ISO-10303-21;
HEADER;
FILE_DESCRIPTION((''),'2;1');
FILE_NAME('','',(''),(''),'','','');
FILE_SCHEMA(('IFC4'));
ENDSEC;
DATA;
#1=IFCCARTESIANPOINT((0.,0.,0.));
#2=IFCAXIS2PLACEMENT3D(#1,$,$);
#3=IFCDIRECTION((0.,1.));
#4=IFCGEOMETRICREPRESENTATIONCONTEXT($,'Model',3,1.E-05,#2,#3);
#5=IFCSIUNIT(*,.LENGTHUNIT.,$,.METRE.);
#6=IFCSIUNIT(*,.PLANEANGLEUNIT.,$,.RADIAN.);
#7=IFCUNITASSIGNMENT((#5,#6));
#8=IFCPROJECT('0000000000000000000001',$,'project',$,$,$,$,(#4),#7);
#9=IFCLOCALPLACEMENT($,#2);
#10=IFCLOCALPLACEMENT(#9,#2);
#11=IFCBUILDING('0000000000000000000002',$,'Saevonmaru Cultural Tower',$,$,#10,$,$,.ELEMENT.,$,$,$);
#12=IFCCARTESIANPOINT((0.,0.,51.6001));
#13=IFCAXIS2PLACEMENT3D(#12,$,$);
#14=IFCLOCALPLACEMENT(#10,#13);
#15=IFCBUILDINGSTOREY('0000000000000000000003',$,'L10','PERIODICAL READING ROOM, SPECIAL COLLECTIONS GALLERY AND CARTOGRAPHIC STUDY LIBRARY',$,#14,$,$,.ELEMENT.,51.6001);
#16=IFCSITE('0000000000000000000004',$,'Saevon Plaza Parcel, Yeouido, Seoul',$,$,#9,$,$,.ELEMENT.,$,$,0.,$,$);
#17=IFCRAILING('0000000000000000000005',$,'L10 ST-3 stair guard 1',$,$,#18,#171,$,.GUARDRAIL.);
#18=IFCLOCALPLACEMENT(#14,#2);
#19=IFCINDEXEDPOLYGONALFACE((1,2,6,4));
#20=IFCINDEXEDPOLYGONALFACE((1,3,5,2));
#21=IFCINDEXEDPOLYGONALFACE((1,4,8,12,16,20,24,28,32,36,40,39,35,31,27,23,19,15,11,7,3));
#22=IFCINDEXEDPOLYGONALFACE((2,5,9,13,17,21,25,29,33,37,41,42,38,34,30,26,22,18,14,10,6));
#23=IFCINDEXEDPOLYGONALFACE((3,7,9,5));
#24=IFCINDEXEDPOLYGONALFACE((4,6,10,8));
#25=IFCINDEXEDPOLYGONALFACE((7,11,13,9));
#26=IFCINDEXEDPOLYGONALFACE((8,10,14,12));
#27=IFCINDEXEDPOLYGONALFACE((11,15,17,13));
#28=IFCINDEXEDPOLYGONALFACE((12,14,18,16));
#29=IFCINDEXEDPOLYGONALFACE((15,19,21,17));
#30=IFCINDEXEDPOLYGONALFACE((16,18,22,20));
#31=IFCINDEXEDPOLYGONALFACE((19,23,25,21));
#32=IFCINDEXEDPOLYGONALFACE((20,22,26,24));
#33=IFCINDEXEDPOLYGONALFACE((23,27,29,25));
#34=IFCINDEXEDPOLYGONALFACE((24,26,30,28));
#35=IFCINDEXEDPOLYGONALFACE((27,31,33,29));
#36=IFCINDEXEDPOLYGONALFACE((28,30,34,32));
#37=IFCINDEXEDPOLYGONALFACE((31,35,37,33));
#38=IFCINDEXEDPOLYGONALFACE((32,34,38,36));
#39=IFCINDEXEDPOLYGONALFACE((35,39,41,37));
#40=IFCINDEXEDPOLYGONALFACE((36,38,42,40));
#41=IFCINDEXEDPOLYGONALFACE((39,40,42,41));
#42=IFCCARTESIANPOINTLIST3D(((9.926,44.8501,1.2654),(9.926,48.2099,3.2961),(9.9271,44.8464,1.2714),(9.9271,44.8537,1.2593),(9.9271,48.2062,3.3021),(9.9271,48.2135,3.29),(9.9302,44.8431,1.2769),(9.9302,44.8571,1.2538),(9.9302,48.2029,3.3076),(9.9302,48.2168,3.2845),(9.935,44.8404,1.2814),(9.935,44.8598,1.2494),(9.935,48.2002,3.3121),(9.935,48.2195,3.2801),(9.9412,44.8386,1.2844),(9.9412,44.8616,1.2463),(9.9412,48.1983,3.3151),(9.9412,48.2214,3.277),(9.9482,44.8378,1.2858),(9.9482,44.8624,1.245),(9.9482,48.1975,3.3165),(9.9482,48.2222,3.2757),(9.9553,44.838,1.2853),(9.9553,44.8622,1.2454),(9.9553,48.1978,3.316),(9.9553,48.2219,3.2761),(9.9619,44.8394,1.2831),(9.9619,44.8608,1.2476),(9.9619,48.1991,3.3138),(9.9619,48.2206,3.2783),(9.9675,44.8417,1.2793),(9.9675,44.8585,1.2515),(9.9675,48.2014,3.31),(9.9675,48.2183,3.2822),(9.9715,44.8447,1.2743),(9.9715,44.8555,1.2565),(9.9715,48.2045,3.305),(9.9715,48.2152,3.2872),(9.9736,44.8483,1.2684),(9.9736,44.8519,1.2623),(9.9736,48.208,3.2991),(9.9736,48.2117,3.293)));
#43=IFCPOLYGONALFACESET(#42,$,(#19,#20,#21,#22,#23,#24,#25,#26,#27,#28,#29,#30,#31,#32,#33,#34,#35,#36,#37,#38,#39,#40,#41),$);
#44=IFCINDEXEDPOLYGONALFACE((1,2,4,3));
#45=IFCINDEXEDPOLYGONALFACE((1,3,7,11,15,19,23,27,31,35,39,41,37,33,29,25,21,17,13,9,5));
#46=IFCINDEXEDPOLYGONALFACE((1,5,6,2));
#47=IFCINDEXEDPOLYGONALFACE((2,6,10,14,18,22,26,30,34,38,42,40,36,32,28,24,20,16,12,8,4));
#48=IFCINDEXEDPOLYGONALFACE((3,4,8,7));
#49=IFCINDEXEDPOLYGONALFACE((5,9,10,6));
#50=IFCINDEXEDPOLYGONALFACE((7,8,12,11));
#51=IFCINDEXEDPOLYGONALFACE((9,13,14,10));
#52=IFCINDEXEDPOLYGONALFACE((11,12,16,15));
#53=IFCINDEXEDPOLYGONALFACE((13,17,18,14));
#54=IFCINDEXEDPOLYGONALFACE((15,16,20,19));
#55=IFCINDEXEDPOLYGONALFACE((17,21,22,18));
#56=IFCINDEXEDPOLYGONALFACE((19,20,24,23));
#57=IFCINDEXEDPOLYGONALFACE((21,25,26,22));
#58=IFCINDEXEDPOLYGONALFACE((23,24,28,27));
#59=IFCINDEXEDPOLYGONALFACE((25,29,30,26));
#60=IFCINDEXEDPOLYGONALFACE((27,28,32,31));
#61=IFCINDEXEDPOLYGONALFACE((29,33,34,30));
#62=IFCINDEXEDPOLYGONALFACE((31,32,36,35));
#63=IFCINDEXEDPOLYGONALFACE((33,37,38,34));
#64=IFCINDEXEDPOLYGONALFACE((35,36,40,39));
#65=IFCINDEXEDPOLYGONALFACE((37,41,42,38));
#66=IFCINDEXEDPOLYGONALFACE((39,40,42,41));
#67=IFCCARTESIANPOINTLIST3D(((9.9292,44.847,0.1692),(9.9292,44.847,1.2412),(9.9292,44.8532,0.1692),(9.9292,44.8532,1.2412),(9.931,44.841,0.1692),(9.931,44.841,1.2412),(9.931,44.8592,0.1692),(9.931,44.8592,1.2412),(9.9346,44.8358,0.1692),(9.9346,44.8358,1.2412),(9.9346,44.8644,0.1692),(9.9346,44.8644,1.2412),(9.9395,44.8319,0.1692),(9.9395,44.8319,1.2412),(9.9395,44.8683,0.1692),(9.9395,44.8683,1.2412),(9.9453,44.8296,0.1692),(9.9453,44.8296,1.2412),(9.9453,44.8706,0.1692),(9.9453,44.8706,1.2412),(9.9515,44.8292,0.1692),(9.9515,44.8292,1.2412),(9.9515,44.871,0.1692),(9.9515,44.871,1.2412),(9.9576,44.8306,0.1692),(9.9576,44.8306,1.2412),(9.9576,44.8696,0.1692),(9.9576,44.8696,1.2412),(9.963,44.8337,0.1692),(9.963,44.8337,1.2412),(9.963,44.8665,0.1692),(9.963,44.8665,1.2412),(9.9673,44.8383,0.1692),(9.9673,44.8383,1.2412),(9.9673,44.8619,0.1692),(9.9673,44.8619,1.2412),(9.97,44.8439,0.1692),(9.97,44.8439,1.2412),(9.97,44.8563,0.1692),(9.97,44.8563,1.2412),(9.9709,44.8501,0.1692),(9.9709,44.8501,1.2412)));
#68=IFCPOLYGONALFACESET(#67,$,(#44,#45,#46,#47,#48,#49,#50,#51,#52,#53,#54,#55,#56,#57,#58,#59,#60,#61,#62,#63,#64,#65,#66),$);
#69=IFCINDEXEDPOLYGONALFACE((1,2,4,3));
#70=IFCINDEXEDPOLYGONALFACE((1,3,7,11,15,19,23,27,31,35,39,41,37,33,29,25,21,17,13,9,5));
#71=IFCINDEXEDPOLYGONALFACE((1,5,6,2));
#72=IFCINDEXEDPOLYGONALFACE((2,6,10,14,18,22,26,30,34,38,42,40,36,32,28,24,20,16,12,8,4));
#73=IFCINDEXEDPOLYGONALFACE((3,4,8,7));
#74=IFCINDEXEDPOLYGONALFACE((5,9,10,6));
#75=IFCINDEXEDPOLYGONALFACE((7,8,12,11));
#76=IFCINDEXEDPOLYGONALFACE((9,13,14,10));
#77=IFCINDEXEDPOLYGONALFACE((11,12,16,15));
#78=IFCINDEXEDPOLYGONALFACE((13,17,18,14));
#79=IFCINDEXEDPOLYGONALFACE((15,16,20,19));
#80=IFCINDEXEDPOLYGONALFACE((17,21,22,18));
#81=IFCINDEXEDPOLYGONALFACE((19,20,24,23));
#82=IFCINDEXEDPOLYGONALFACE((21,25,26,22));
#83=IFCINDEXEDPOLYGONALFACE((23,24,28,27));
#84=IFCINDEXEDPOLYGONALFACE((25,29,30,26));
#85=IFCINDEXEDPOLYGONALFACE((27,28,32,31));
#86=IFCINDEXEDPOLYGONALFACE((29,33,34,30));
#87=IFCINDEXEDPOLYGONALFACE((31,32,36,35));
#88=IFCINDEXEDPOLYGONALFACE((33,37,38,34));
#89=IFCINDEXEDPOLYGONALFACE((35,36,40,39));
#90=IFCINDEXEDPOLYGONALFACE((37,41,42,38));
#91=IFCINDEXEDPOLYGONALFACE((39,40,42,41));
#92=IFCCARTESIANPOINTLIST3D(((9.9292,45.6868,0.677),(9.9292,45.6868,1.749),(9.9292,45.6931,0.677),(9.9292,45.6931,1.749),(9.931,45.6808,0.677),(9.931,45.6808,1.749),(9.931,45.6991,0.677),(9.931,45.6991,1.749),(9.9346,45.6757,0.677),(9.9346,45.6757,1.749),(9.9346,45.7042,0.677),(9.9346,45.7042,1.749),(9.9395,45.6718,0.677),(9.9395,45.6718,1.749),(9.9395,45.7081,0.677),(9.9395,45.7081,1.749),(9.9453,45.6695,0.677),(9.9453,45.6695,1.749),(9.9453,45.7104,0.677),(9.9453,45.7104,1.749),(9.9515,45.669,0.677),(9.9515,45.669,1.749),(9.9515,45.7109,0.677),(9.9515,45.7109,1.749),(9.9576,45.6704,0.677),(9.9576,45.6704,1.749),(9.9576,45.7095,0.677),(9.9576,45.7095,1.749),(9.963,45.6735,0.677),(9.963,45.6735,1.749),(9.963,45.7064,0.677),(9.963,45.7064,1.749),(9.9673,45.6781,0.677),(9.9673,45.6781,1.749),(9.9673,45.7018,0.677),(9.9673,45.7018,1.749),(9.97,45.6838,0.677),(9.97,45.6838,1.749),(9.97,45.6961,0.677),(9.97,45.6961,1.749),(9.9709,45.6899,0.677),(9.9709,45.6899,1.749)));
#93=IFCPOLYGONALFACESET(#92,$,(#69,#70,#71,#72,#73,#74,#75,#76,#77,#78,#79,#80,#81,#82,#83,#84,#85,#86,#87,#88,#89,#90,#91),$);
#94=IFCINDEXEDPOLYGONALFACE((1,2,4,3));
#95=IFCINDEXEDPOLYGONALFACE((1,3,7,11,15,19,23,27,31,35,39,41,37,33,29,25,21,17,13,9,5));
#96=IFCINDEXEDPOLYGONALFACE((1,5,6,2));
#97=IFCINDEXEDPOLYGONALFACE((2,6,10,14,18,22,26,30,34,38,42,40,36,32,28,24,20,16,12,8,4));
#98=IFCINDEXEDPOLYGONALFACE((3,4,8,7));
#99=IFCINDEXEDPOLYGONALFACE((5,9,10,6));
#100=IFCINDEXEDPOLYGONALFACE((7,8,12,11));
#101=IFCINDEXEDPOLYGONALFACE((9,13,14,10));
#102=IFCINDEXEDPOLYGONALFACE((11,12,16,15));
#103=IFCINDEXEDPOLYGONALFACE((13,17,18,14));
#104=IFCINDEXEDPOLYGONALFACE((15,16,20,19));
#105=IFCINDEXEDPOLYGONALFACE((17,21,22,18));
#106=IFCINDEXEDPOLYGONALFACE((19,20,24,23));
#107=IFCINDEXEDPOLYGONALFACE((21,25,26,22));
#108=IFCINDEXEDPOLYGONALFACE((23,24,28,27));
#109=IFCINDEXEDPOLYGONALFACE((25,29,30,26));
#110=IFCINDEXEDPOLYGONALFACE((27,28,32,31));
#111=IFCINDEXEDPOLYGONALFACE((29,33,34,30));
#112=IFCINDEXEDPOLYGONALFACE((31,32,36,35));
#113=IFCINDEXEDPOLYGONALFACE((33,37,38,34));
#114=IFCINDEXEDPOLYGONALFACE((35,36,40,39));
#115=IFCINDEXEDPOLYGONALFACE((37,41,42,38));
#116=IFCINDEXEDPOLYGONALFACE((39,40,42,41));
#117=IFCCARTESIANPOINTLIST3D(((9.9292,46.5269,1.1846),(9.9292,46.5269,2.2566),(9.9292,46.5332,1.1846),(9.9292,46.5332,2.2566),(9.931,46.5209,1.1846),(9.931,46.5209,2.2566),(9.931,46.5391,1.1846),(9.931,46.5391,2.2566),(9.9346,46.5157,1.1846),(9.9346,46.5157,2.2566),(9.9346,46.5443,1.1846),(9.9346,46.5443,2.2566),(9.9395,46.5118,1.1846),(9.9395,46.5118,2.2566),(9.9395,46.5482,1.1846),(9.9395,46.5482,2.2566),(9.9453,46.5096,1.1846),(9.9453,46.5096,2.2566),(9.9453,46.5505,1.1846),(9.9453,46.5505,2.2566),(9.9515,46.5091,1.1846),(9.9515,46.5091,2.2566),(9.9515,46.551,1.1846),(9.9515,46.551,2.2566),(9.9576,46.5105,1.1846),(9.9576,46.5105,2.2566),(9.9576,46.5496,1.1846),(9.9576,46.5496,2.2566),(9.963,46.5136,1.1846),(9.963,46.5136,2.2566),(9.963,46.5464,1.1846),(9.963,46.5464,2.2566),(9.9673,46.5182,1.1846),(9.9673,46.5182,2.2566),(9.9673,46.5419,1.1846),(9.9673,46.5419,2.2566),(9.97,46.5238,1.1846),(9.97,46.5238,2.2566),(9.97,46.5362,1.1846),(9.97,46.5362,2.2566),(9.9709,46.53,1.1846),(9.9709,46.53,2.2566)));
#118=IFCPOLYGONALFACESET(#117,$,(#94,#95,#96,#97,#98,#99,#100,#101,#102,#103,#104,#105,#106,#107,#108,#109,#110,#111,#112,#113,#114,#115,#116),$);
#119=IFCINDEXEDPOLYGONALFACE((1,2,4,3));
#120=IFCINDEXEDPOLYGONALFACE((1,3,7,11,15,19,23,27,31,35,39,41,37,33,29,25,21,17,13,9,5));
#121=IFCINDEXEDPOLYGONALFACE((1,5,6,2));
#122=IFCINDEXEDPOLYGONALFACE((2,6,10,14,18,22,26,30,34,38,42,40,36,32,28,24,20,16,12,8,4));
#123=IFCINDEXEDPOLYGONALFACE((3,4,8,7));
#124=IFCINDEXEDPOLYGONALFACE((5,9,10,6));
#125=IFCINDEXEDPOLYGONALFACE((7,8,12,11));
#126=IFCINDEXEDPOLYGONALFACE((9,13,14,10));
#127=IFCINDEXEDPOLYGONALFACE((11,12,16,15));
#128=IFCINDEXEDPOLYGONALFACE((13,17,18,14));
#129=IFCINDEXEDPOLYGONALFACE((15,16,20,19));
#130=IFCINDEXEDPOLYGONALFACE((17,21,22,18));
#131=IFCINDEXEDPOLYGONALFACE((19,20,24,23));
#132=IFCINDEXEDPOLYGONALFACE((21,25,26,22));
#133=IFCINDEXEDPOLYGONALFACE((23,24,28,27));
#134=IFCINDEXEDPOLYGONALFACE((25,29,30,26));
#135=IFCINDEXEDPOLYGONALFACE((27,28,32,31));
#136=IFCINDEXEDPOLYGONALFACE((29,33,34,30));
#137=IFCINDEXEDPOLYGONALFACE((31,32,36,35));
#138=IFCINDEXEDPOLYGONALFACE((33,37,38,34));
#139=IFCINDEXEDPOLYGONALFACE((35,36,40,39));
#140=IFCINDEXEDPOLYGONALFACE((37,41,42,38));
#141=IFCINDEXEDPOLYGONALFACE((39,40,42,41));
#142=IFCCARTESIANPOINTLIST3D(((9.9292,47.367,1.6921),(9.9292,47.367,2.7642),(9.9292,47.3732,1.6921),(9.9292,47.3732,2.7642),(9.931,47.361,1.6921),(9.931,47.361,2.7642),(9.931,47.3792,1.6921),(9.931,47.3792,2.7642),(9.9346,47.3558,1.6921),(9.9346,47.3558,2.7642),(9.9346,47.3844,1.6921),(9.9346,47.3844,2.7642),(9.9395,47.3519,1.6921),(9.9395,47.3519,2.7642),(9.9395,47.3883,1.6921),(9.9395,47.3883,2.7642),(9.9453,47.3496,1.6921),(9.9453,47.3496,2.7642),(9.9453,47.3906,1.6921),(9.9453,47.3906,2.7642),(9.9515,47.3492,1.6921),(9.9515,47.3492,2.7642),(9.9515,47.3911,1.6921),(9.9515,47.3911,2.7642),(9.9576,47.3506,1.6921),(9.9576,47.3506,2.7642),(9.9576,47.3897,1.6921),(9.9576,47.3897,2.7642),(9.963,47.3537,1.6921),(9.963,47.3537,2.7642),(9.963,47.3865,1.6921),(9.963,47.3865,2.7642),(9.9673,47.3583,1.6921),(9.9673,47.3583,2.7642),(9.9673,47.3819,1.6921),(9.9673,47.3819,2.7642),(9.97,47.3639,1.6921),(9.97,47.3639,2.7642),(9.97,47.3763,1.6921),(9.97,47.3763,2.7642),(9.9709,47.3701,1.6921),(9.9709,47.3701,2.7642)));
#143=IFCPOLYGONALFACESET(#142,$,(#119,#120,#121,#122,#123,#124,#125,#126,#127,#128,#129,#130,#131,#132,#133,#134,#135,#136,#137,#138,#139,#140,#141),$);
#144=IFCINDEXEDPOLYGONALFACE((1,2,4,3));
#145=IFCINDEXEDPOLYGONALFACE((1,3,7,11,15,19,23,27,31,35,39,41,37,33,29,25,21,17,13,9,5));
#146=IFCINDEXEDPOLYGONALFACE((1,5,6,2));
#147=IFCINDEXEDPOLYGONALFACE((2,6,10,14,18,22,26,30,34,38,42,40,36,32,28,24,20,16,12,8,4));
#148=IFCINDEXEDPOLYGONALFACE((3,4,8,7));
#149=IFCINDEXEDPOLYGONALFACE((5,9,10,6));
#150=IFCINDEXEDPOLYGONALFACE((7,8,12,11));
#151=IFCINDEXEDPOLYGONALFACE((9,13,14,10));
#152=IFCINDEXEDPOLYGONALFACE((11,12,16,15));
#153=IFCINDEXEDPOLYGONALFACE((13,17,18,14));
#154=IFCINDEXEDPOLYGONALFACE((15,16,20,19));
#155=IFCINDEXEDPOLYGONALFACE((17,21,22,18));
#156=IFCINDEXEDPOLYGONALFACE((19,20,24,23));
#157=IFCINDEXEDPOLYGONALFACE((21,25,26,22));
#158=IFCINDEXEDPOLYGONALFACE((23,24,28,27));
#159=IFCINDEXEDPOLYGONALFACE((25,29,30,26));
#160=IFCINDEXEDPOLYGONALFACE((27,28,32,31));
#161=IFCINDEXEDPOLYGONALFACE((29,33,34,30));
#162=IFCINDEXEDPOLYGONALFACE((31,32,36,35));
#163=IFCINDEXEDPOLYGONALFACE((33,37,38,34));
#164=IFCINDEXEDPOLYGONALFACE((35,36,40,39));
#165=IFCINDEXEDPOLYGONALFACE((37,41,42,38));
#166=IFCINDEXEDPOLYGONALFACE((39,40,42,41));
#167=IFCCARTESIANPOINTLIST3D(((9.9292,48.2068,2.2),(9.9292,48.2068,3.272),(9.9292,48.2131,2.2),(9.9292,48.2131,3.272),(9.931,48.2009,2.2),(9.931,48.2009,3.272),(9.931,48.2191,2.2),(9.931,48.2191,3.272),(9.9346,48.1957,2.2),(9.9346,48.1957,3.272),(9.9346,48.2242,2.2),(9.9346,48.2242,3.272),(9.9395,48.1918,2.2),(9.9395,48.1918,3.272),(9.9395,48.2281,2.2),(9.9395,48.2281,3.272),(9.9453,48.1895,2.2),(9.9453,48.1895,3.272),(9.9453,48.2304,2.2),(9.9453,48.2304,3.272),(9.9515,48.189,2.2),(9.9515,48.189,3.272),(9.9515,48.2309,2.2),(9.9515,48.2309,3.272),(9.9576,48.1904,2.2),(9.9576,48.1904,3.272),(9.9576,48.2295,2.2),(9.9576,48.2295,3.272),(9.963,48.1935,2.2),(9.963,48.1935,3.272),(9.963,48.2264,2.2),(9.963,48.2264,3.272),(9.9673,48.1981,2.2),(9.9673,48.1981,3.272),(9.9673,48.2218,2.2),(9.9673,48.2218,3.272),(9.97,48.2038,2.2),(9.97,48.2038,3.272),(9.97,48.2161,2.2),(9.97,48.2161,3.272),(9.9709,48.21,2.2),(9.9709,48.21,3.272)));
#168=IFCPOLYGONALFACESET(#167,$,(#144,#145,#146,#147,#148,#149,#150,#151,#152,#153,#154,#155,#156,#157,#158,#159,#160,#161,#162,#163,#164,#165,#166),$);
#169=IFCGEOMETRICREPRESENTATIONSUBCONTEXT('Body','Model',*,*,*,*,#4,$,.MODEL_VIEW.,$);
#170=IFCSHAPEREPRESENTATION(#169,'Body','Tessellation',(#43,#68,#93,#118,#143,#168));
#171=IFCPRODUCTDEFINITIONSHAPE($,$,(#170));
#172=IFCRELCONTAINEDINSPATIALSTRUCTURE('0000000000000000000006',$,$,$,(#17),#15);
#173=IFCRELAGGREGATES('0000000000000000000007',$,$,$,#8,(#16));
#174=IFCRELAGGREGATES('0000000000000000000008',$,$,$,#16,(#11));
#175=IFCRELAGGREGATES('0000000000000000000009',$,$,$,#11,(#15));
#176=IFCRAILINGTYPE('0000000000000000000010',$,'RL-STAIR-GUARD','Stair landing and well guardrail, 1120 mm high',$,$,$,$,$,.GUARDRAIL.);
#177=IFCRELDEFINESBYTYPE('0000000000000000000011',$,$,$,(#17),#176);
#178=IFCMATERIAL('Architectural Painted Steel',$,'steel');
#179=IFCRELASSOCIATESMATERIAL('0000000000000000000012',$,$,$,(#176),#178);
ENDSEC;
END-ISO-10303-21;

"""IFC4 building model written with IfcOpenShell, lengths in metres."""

from ifc_helpers import new_model, si_unit, direction, frame, origin, origin_2d, place, context, subcontext, project, spatial, circle, extrude, material, type_object, element, save


model = new_model("IFC4")

# Units and contexts
model_context = context("Model", 3, precision=1e-05, world=origin(), true_north=direction((0.0, 1.0)))
body_context = subcontext(model_context, "Body", "Model", "MODEL_VIEW")
ifc_project = project(units=[si_unit("LENGTHUNIT", "METRE"), si_unit("PLANEANGLEUNIT", "RADIAN")], contexts=[model_context])

# Site, building, storey
site_placement = place(None, origin())
site = spatial("IfcSite", under=ifc_project, at=site_placement, Name="Saevon Plaza Parcel, Yeouido, Seoul", CompositionType="ELEMENT", RefElevation=0.0)
building_placement = place(site_placement, origin())
building = spatial("IfcBuilding", under=site, at=building_placement, Name="Saevonmaru Cultural Tower", CompositionType="ELEMENT")
storey_placement = place(building_placement, frame((0.0, 0.0, 51.6001)))
storey = spatial("IfcBuildingStorey", under=building, at=storey_placement, Name="L10", Description="PERIODICAL READING ROOM, SPECIAL COLLECTIONS GALLERY AND CARTOGRAPHIC STUDY LIBRARY", CompositionType="ELEMENT", Elevation=51.6001)

# Railing
ifc_material_1 = material(Name="Architectural Painted Steel", Category="steel")
railing_type_1 = type_object("IfcRailingType", Name="RL-STAIR-GUARD", Description="Stair landing and well guardrail, 1120 mm high", PredefinedType="GUARDRAIL", material=ifc_material_1)
railing_1_placement = place(storey_placement, frame((9.95, 44.8501, 0.1692)))
element("IfcRailing", 1, at=railing_1_placement, inside=storey, type_object=railing_type_1, Name="L10 ST-3 stair guard 1", PredefinedType="GUARDRAIL", context=body_context, shape_type="SweptSolid", body=[
    extrude(circle(Radius=0.0239, at=origin_2d()), frame((0.0, 0.0, 1.0962), z_axis=(0.0, 0.85582, 0.517273), x_axis=(-1.0, 0.0, 0.0)), (0.0, 0.0, 1.0), 3.9258),
    extrude(circle(Radius=0.021, at=origin_2d()), origin(), (0.0, 0.0, 1.0), 1.072),
    extrude(circle(Radius=0.021, at=origin_2d()), frame((0.0, 0.8398, 0.5078)), (0.0, 0.0, 1.0), 1.072),
    extrude(circle(Radius=0.021, at=origin_2d()), frame((0.0, 1.6799, 1.0154)), (0.0, 0.0, 1.0), 1.072),
    extrude(circle(Radius=0.021, at=origin_2d()), frame((0.0, 2.52, 1.5229)), (0.0, 0.0, 1.0), 1.072),
    extrude(circle(Radius=0.021, at=origin_2d()), frame((0.0, 3.3599, 2.0308)), (0.0, 0.0, 1.0), 1.072),
])

save(model, "model.ifc")
